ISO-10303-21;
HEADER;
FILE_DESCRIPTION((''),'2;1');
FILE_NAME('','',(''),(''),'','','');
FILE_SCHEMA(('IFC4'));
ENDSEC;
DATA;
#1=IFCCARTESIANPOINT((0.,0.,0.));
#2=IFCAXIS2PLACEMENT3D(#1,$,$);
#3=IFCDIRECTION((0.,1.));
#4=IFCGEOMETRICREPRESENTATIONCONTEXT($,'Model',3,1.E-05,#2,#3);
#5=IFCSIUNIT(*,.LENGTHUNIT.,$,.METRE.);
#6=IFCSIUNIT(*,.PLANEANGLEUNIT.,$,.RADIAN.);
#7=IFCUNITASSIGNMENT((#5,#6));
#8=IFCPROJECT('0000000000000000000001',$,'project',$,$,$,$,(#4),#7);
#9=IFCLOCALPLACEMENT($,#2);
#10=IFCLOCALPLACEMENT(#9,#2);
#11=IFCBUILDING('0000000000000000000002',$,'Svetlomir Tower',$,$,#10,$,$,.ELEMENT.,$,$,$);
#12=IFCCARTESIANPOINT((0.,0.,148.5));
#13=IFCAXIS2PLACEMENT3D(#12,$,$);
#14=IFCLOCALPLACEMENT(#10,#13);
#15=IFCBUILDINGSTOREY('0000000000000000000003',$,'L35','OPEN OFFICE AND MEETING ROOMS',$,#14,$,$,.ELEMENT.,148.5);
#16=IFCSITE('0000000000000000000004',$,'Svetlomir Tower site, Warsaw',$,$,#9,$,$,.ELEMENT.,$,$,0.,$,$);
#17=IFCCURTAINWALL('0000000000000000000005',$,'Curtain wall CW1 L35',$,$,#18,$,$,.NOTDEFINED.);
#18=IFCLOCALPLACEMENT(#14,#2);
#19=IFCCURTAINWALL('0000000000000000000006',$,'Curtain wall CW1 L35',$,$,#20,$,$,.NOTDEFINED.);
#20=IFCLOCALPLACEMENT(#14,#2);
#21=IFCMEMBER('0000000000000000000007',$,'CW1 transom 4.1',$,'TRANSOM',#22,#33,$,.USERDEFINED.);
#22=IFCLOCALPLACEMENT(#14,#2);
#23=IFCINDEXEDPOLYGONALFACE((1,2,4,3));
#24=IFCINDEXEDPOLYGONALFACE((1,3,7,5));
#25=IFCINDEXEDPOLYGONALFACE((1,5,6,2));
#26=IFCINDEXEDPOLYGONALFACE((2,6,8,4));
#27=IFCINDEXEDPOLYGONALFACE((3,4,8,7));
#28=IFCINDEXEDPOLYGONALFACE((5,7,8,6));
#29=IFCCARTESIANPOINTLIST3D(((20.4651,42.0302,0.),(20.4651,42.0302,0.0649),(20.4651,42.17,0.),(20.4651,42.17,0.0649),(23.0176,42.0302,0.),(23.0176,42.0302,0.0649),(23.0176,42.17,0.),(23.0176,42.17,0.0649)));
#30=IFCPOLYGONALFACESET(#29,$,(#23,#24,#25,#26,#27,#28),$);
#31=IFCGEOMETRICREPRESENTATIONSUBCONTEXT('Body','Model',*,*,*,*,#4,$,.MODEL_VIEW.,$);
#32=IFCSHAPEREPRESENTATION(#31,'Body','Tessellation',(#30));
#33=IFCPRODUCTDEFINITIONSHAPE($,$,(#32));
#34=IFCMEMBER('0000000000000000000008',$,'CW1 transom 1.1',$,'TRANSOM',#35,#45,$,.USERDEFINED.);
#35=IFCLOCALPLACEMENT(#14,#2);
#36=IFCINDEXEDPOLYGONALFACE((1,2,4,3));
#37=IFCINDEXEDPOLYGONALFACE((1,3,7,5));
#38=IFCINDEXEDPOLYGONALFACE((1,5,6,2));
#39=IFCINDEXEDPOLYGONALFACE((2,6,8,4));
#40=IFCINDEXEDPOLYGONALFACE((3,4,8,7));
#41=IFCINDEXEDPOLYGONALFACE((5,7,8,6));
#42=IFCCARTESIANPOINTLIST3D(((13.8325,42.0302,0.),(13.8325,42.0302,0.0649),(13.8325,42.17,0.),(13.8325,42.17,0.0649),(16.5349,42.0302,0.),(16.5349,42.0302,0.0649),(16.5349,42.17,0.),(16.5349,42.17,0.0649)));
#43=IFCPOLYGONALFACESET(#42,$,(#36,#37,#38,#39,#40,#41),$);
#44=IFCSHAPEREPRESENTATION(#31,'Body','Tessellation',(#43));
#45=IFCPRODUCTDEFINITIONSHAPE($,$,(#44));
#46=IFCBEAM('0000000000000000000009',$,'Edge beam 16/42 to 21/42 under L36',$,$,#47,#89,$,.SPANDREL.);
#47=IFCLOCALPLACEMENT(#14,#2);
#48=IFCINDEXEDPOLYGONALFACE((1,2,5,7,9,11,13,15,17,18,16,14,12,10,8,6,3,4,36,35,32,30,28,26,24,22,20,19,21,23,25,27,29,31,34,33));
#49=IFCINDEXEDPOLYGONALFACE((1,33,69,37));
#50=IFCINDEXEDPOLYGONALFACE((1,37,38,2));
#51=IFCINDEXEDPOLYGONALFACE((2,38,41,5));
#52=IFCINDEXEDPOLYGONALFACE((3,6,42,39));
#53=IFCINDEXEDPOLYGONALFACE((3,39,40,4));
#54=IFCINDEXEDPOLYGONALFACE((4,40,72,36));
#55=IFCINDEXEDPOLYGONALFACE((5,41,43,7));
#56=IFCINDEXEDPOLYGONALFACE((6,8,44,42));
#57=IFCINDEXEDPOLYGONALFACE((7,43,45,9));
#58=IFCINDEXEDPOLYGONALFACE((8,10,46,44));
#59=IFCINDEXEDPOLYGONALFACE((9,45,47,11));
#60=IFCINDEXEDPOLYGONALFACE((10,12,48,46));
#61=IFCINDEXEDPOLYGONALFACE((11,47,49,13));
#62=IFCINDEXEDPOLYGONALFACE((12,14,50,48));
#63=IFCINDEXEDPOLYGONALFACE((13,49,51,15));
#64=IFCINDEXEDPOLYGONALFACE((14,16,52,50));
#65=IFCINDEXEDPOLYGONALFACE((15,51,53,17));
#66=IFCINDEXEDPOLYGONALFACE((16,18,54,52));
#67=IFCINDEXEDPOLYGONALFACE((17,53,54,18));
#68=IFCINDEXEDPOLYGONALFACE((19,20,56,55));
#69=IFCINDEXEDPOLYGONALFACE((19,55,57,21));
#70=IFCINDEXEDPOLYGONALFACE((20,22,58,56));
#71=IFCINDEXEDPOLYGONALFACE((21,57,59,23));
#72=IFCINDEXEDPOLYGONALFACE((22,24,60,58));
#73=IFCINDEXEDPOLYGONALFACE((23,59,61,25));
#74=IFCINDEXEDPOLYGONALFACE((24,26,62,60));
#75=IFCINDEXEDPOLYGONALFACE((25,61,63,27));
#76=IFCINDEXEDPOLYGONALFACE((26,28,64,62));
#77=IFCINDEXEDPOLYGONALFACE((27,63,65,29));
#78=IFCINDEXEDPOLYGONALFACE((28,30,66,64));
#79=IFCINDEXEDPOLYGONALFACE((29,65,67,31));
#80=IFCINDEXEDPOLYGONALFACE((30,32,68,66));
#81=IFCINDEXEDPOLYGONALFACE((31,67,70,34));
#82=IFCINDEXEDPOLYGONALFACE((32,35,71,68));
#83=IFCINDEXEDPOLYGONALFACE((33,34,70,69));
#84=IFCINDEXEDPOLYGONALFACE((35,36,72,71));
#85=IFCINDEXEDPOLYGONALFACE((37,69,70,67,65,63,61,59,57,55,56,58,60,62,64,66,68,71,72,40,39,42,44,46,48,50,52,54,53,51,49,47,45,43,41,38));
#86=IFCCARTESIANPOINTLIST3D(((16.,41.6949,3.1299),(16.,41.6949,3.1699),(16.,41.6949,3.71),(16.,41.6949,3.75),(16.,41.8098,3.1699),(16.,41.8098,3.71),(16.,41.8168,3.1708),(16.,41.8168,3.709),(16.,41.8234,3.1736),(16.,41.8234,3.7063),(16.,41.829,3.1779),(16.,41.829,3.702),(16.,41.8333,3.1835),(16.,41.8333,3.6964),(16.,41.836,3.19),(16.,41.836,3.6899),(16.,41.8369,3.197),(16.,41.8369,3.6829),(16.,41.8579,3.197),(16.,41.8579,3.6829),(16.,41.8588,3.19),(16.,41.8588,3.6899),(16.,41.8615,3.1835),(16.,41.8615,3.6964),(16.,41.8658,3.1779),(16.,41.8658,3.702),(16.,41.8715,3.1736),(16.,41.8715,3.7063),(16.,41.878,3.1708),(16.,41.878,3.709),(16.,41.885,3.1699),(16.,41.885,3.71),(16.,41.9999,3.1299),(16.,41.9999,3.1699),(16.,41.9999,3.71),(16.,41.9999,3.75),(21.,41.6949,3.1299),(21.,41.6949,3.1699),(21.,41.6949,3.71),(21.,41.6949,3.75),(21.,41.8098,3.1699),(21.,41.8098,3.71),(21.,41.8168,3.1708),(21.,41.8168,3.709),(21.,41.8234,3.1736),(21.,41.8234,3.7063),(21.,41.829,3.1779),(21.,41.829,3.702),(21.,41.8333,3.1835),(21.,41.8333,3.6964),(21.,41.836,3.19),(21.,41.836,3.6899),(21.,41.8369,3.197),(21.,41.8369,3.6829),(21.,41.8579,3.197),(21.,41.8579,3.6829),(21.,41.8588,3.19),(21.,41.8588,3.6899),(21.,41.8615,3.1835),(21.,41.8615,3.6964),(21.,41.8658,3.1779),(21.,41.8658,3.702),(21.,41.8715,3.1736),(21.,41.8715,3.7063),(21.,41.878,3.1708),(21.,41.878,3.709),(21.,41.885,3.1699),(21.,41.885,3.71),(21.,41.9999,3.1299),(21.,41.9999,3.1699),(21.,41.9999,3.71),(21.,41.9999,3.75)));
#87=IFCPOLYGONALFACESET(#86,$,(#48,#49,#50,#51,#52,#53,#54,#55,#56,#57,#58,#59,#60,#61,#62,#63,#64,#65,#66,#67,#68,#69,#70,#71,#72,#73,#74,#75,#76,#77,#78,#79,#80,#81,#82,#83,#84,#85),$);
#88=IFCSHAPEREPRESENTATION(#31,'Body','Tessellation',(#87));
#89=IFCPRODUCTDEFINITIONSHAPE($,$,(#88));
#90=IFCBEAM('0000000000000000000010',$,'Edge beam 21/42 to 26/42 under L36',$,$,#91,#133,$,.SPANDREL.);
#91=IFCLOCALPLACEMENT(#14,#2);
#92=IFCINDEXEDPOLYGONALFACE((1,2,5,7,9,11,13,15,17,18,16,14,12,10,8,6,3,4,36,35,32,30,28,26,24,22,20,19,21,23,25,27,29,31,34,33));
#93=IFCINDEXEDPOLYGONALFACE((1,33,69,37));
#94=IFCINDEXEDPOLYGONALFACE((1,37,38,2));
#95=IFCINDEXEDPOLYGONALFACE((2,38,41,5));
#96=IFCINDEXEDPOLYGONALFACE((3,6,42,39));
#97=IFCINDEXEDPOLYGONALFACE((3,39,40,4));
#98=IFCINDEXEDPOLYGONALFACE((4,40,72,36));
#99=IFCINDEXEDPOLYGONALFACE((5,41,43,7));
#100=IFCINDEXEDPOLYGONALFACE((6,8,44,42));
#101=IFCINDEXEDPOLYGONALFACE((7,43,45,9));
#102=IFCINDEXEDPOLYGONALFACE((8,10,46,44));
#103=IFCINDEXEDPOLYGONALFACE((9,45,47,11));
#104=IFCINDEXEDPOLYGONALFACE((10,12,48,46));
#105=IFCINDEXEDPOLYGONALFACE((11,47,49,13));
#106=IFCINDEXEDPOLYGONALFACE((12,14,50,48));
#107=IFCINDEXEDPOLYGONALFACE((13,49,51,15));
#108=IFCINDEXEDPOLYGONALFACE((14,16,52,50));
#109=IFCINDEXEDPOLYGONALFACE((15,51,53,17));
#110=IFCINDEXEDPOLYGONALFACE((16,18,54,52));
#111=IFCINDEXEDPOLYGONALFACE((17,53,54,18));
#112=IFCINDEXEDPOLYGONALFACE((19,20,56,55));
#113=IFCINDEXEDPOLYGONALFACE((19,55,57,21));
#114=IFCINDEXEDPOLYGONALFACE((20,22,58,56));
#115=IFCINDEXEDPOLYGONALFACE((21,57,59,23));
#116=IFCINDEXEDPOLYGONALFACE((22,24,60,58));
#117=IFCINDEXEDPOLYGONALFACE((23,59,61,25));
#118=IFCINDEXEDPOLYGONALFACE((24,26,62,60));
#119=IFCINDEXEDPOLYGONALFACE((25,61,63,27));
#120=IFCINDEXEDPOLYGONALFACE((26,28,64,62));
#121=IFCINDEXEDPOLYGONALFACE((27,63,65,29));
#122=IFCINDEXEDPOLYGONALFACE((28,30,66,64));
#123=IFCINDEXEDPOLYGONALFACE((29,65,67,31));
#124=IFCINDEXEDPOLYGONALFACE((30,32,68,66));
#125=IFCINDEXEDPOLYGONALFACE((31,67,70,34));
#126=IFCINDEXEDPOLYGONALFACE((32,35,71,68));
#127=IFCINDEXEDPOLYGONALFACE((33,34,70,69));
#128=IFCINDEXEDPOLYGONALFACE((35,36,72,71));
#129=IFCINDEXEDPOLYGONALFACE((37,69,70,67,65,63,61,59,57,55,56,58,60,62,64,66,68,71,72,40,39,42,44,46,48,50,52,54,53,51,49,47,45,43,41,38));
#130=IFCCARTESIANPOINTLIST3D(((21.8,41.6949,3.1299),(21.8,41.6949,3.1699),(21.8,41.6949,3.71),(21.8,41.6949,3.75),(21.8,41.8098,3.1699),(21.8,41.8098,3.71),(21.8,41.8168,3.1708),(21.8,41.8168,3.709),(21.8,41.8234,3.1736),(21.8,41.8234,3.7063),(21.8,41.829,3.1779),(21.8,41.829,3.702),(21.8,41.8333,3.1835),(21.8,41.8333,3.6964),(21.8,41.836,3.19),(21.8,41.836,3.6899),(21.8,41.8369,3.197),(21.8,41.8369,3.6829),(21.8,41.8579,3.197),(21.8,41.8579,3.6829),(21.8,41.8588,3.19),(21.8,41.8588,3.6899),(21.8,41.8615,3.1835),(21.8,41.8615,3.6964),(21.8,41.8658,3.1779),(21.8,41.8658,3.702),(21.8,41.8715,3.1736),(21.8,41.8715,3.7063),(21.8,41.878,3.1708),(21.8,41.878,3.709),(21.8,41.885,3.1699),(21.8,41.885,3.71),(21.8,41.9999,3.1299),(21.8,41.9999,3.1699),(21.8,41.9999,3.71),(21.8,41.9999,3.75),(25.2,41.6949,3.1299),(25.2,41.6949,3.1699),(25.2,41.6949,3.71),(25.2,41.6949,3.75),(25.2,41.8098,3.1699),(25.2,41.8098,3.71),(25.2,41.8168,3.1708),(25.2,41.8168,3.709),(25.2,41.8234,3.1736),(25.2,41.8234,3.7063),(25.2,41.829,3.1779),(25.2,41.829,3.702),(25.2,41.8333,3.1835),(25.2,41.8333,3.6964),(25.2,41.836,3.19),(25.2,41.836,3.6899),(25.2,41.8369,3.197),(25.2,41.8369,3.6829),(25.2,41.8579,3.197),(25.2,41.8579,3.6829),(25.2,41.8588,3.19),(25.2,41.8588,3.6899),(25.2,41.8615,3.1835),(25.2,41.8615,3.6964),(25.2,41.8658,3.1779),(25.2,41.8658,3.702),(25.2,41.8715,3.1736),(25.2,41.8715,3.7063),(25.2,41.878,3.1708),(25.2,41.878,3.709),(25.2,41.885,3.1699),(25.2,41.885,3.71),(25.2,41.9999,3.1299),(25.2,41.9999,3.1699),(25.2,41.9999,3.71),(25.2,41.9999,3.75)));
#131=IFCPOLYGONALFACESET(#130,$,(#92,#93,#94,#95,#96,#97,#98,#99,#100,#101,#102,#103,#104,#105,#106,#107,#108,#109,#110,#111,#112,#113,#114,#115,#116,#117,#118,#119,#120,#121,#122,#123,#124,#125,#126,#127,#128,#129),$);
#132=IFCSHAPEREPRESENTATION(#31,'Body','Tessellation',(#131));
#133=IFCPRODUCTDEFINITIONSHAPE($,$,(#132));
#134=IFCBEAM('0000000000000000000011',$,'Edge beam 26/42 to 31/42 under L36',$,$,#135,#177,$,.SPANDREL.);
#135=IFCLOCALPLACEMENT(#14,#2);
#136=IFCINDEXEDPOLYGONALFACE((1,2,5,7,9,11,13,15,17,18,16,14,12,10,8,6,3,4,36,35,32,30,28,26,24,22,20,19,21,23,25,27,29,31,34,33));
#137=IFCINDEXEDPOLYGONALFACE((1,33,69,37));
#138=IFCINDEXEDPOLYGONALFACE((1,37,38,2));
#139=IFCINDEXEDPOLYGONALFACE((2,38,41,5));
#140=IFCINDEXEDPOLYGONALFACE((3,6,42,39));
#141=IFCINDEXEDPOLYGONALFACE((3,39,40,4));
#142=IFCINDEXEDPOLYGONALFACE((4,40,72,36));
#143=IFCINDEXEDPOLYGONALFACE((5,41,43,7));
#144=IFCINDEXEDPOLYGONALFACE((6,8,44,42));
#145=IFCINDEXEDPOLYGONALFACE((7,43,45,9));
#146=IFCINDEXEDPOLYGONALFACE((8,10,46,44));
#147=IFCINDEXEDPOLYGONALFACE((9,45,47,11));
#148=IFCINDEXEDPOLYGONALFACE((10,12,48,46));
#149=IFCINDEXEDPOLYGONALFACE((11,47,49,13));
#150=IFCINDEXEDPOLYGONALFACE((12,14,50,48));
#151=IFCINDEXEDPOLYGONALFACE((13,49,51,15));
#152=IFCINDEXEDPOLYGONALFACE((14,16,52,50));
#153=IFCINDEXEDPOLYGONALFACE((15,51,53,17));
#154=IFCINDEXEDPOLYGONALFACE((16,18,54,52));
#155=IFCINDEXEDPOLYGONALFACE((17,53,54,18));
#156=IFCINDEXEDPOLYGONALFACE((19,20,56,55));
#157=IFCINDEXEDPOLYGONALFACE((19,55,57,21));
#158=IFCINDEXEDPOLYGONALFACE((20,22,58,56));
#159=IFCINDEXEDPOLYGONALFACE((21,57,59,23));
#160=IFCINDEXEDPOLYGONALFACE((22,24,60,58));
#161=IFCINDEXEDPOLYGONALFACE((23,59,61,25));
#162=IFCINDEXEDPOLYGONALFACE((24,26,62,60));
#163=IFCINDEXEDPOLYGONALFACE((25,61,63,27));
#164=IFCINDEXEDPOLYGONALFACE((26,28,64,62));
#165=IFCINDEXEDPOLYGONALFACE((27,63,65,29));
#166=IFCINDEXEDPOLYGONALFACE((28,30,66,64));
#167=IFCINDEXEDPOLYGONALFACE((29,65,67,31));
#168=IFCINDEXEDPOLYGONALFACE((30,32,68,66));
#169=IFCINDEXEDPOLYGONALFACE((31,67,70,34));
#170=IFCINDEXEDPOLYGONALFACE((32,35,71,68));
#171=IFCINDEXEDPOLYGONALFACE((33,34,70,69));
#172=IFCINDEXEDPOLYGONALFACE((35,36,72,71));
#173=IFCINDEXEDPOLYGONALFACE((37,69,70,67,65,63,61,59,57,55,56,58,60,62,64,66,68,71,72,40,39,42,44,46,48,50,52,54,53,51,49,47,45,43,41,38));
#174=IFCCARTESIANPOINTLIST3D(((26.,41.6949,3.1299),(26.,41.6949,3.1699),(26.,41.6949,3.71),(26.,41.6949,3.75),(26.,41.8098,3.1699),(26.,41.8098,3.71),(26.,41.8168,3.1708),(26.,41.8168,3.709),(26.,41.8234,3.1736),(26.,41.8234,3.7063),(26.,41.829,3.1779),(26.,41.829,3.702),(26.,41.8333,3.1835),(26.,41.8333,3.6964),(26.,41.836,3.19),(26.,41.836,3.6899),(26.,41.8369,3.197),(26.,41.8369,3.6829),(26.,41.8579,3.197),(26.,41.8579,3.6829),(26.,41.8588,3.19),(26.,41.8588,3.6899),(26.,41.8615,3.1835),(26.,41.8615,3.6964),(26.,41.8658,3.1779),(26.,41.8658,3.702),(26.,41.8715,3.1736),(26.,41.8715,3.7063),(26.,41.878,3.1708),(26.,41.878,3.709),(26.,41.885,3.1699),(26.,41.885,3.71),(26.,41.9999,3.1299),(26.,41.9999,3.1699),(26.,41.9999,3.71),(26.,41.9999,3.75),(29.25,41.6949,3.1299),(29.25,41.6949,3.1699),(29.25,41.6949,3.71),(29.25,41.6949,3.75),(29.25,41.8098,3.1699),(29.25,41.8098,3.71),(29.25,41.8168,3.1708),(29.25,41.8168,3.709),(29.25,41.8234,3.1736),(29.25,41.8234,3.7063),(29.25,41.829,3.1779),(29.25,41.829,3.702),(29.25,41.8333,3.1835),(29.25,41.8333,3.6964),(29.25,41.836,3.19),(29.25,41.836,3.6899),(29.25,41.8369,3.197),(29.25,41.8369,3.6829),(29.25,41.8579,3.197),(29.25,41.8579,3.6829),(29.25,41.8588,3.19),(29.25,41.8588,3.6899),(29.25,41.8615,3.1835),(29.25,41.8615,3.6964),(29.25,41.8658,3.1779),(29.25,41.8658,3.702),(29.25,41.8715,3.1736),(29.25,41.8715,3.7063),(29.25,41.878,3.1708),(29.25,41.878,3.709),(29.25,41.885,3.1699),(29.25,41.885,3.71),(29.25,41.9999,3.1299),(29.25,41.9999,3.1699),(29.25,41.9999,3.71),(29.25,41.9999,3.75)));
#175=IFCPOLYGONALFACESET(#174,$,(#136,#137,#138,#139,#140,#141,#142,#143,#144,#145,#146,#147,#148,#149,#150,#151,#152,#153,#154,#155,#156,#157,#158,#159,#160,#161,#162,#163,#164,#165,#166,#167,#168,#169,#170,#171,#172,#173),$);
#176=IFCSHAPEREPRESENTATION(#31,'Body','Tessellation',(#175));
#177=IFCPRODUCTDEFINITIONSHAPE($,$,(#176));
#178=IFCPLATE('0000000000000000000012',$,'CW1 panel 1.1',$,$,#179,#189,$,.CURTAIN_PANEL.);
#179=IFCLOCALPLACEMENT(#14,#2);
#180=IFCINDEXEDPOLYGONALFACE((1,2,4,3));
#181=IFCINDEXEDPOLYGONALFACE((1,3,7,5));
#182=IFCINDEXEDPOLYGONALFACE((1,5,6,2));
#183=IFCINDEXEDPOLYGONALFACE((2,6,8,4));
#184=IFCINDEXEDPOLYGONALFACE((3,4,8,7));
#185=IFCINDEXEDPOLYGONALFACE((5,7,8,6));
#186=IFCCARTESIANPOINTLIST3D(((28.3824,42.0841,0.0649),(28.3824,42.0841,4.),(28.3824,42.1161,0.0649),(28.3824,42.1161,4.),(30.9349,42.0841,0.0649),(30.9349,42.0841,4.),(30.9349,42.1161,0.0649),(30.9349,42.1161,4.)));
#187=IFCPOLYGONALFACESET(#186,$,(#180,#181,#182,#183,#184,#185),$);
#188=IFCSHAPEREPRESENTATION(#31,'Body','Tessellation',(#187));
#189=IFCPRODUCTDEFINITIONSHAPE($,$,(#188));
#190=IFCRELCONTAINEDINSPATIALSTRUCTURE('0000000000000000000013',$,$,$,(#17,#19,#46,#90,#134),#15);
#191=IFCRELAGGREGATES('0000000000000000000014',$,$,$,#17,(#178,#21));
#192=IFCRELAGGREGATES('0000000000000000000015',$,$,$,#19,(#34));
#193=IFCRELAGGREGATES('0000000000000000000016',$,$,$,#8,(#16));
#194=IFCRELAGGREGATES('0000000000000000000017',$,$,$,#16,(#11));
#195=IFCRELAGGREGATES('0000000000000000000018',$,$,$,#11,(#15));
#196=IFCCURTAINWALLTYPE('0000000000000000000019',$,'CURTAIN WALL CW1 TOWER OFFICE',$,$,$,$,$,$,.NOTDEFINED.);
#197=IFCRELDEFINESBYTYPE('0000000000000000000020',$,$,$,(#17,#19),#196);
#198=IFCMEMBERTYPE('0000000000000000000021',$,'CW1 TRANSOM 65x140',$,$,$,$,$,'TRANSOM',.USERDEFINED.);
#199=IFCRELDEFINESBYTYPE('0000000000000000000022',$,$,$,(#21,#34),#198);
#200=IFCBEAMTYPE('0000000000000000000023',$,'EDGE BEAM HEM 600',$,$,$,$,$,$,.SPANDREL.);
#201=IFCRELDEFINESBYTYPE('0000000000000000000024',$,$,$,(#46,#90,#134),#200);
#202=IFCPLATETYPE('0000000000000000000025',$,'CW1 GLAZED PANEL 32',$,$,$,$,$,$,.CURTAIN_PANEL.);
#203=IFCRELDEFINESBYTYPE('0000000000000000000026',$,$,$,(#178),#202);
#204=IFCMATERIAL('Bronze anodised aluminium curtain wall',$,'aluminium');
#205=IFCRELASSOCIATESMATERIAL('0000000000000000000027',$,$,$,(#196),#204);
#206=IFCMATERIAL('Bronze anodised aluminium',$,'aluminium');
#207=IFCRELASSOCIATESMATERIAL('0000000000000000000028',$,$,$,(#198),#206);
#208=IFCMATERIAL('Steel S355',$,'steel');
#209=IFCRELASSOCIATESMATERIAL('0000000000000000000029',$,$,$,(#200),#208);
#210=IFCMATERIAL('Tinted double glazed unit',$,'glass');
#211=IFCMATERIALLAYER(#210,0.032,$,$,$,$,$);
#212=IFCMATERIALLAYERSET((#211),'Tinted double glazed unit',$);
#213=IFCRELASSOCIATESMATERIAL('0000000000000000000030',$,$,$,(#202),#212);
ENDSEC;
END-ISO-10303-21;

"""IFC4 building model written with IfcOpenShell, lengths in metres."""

from ifc_helpers import new_model, si_unit, direction, frame, origin, origin_2d, place, context, subcontext, project, spatial, rectangle, i_section, extrude, material, layer, layer_set, material_profile, profile_set, type_object, element, aggregate, save


model = new_model("IFC4")

# Units and contexts
model_context = context("Model", 3, precision=1e-05, world=origin(), true_north=direction((0.0, 1.0)))
body_context = subcontext(model_context, "Body", "Model", "MODEL_VIEW")
ifc_project = project(units=[si_unit("LENGTHUNIT", "METRE"), si_unit("PLANEANGLEUNIT", "RADIAN")], contexts=[model_context])

# Site, building, storey
site_placement = place(None, origin())
site = spatial("IfcSite", under=ifc_project, at=site_placement, Name="Svetlomir Tower site, Warsaw", CompositionType="ELEMENT", RefElevation=0.0)
building_placement = place(site_placement, origin())
building = spatial("IfcBuilding", under=site, at=building_placement, Name="Svetlomir Tower", CompositionType="ELEMENT")
storey_placement = place(building_placement, frame((0.0, 0.0, 148.5)))
storey = spatial("IfcBuildingStorey", under=building, at=storey_placement, Name="L35", Description="OPEN OFFICE AND MEETING ROOMS", CompositionType="ELEMENT", Elevation=148.5)

# Curtain wall
ifc_material_1 = material(Name="Bronze anodised aluminium curtain wall", Category="aluminium")
curtain_wall_type = type_object("IfcCurtainWallType", Name="CURTAIN WALL CW1 TOWER OFFICE", PredefinedType="NOTDEFINED", material=ifc_material_1)
curtain_wall_1_placement = place(storey_placement, origin())
curtain_wall_1 = element("IfcCurtainWall", 1, at=curtain_wall_1_placement, inside=storey, type_object=curtain_wall_type, Name="Curtain wall CW1 L35", PredefinedType="NOTDEFINED")

# Curtain wall
curtain_wall_2_placement = place(storey_placement, origin())
curtain_wall_2 = element("IfcCurtainWall", 2, at=curtain_wall_2_placement, inside=storey, type_object=curtain_wall_type, Name="Curtain wall CW1 L35", PredefinedType="NOTDEFINED")

# Members
ifc_material_2 = material(Name="Bronze anodised aluminium", Category="aluminium")
ifc_material_profile_1 = material_profile(ifc_material_2, rectangle(XDim=0.1399, YDim=0.0649, at=origin_2d()), Name="AL 140x65")
ifc_profile_set_1 = profile_set([ifc_material_profile_1], Name="Bronze anodised aluminium 6063-T6")
member_type_1 = type_object("IfcMemberType", Name="CW1 TRANSOM 65x140", ElementType="TRANSOM", PredefinedType="USERDEFINED", material=ifc_profile_set_1)
member_1_placement = place(storey_placement, frame((23.0176, 42.1001, 0.0325), z_axis=(-1.0, 0.0, 0.0), x_axis=(0.0, -1.0, 0.0)))
member_1 = element("IfcMember", 3, at=member_1_placement, type_object=member_type_1, Name="CW1 transom 4.1", ObjectType="TRANSOM", PredefinedType="USERDEFINED", context=body_context, shape_type="SweptSolid", body=[
    extrude(rectangle(XDim=0.1399, YDim=0.0649, at=origin_2d()), origin(), (0.0, 0.0, 1.0), 2.5525),
])
member_2_placement = place(storey_placement, frame((16.5349, 42.1001, 0.0325), z_axis=(-1.0, 0.0, 0.0), x_axis=(0.0, -1.0, 0.0)))
member_2 = element("IfcMember", 4, at=member_2_placement, type_object=member_type_1, Name="CW1 transom 1.1", ObjectType="TRANSOM", PredefinedType="USERDEFINED", context=body_context, shape_type="SweptSolid", body=[
    extrude(rectangle(XDim=0.1399, YDim=0.0649, at=origin_2d()), origin(), (0.0, 0.0, 1.0), 2.7024),
])

# Beams
ifc_material_3 = material(Name="Steel S355", Category="steel")
ifc_material_profile_2 = material_profile(ifc_material_3, i_section(OverallWidth=0.3049, OverallDepth=0.6201, WebThickness=0.021, FlangeThickness=0.04, FilletRadius=0.0271, at=origin_2d()), Name="HEM 600")
ifc_profile_set_2 = profile_set([ifc_material_profile_2], Name="Steel S355")
beam_type_1 = type_object("IfcBeamType", Name="EDGE BEAM HEM 600", PredefinedType="SPANDREL", material=ifc_profile_set_2)
beam_1_placement = place(storey_placement, frame((16.0, 41.8474, 3.4399), z_axis=(1.0, 0.0, 0.0), x_axis=(0.0, 1.0, 0.0)))
element("IfcBeam", 5, at=beam_1_placement, inside=storey, type_object=beam_type_1, Name="Edge beam 16/42 to 21/42 under L36", PredefinedType="SPANDREL", context=body_context, shape_type="SweptSolid", body=[
    extrude(i_section(OverallWidth=0.3049, OverallDepth=0.6201, WebThickness=0.021, FlangeThickness=0.04, FilletRadius=0.0271, at=origin_2d()), origin(), (0.0, 0.0, 1.0), 5.0),
])
beam_2_placement = place(storey_placement, frame((21.8, 41.8474, 3.4399), z_axis=(1.0, 0.0, 0.0), x_axis=(0.0, 1.0, 0.0)))
element("IfcBeam", 6, at=beam_2_placement, inside=storey, type_object=beam_type_1, Name="Edge beam 21/42 to 26/42 under L36", PredefinedType="SPANDREL", context=body_context, shape_type="SweptSolid", body=[
    extrude(i_section(OverallWidth=0.3049, OverallDepth=0.6201, WebThickness=0.021, FlangeThickness=0.04, FilletRadius=0.0271, at=origin_2d()), origin(), (0.0, 0.0, 1.0), 3.3999),
])
beam_3_placement = place(storey_placement, frame((26.0, 41.8474, 3.4399), z_axis=(1.0, 0.0, 0.0), x_axis=(0.0, 1.0, 0.0)))
element("IfcBeam", 7, at=beam_3_placement, inside=storey, type_object=beam_type_1, Name="Edge beam 26/42 to 31/42 under L36", PredefinedType="SPANDREL", context=body_context, shape_type="SweptSolid", body=[
    extrude(i_section(OverallWidth=0.3049, OverallDepth=0.6201, WebThickness=0.021, FlangeThickness=0.04, FilletRadius=0.0271, at=origin_2d()), origin(), (0.0, 0.0, 1.0), 3.25),
])

# Plate
ifc_material_4 = material(Name="Tinted double glazed unit", Category="glass")
ifc_layer_1 = layer(ifc_material_4, 0.032)
ifc_layer_set_1 = layer_set([ifc_layer_1], Name="Tinted double glazed unit")
plate_type = type_object("IfcPlateType", Name="CW1 GLAZED PANEL 32", PredefinedType="CURTAIN_PANEL", material=ifc_layer_set_1)
plate_1_placement = place(storey_placement, frame((29.6587, 42.1001, 0.0649), z_axis=(0.0, 0.0, 1.0), x_axis=(-1.0, 0.0, 0.0)))
plate_1 = element("IfcPlate", 8, at=plate_1_placement, type_object=plate_type, Name="CW1 panel 1.1", PredefinedType="CURTAIN_PANEL", context=body_context, shape_type="SweptSolid", body=[
    extrude(rectangle(XDim=2.5525, YDim=0.032, at=origin_2d()), origin(), (0.0, 0.0, 1.0), 3.9351),
])
aggregate(curtain_wall_1, [plate_1, member_1])
aggregate(curtain_wall_2, [member_2])

save(model, "model.ifc")
